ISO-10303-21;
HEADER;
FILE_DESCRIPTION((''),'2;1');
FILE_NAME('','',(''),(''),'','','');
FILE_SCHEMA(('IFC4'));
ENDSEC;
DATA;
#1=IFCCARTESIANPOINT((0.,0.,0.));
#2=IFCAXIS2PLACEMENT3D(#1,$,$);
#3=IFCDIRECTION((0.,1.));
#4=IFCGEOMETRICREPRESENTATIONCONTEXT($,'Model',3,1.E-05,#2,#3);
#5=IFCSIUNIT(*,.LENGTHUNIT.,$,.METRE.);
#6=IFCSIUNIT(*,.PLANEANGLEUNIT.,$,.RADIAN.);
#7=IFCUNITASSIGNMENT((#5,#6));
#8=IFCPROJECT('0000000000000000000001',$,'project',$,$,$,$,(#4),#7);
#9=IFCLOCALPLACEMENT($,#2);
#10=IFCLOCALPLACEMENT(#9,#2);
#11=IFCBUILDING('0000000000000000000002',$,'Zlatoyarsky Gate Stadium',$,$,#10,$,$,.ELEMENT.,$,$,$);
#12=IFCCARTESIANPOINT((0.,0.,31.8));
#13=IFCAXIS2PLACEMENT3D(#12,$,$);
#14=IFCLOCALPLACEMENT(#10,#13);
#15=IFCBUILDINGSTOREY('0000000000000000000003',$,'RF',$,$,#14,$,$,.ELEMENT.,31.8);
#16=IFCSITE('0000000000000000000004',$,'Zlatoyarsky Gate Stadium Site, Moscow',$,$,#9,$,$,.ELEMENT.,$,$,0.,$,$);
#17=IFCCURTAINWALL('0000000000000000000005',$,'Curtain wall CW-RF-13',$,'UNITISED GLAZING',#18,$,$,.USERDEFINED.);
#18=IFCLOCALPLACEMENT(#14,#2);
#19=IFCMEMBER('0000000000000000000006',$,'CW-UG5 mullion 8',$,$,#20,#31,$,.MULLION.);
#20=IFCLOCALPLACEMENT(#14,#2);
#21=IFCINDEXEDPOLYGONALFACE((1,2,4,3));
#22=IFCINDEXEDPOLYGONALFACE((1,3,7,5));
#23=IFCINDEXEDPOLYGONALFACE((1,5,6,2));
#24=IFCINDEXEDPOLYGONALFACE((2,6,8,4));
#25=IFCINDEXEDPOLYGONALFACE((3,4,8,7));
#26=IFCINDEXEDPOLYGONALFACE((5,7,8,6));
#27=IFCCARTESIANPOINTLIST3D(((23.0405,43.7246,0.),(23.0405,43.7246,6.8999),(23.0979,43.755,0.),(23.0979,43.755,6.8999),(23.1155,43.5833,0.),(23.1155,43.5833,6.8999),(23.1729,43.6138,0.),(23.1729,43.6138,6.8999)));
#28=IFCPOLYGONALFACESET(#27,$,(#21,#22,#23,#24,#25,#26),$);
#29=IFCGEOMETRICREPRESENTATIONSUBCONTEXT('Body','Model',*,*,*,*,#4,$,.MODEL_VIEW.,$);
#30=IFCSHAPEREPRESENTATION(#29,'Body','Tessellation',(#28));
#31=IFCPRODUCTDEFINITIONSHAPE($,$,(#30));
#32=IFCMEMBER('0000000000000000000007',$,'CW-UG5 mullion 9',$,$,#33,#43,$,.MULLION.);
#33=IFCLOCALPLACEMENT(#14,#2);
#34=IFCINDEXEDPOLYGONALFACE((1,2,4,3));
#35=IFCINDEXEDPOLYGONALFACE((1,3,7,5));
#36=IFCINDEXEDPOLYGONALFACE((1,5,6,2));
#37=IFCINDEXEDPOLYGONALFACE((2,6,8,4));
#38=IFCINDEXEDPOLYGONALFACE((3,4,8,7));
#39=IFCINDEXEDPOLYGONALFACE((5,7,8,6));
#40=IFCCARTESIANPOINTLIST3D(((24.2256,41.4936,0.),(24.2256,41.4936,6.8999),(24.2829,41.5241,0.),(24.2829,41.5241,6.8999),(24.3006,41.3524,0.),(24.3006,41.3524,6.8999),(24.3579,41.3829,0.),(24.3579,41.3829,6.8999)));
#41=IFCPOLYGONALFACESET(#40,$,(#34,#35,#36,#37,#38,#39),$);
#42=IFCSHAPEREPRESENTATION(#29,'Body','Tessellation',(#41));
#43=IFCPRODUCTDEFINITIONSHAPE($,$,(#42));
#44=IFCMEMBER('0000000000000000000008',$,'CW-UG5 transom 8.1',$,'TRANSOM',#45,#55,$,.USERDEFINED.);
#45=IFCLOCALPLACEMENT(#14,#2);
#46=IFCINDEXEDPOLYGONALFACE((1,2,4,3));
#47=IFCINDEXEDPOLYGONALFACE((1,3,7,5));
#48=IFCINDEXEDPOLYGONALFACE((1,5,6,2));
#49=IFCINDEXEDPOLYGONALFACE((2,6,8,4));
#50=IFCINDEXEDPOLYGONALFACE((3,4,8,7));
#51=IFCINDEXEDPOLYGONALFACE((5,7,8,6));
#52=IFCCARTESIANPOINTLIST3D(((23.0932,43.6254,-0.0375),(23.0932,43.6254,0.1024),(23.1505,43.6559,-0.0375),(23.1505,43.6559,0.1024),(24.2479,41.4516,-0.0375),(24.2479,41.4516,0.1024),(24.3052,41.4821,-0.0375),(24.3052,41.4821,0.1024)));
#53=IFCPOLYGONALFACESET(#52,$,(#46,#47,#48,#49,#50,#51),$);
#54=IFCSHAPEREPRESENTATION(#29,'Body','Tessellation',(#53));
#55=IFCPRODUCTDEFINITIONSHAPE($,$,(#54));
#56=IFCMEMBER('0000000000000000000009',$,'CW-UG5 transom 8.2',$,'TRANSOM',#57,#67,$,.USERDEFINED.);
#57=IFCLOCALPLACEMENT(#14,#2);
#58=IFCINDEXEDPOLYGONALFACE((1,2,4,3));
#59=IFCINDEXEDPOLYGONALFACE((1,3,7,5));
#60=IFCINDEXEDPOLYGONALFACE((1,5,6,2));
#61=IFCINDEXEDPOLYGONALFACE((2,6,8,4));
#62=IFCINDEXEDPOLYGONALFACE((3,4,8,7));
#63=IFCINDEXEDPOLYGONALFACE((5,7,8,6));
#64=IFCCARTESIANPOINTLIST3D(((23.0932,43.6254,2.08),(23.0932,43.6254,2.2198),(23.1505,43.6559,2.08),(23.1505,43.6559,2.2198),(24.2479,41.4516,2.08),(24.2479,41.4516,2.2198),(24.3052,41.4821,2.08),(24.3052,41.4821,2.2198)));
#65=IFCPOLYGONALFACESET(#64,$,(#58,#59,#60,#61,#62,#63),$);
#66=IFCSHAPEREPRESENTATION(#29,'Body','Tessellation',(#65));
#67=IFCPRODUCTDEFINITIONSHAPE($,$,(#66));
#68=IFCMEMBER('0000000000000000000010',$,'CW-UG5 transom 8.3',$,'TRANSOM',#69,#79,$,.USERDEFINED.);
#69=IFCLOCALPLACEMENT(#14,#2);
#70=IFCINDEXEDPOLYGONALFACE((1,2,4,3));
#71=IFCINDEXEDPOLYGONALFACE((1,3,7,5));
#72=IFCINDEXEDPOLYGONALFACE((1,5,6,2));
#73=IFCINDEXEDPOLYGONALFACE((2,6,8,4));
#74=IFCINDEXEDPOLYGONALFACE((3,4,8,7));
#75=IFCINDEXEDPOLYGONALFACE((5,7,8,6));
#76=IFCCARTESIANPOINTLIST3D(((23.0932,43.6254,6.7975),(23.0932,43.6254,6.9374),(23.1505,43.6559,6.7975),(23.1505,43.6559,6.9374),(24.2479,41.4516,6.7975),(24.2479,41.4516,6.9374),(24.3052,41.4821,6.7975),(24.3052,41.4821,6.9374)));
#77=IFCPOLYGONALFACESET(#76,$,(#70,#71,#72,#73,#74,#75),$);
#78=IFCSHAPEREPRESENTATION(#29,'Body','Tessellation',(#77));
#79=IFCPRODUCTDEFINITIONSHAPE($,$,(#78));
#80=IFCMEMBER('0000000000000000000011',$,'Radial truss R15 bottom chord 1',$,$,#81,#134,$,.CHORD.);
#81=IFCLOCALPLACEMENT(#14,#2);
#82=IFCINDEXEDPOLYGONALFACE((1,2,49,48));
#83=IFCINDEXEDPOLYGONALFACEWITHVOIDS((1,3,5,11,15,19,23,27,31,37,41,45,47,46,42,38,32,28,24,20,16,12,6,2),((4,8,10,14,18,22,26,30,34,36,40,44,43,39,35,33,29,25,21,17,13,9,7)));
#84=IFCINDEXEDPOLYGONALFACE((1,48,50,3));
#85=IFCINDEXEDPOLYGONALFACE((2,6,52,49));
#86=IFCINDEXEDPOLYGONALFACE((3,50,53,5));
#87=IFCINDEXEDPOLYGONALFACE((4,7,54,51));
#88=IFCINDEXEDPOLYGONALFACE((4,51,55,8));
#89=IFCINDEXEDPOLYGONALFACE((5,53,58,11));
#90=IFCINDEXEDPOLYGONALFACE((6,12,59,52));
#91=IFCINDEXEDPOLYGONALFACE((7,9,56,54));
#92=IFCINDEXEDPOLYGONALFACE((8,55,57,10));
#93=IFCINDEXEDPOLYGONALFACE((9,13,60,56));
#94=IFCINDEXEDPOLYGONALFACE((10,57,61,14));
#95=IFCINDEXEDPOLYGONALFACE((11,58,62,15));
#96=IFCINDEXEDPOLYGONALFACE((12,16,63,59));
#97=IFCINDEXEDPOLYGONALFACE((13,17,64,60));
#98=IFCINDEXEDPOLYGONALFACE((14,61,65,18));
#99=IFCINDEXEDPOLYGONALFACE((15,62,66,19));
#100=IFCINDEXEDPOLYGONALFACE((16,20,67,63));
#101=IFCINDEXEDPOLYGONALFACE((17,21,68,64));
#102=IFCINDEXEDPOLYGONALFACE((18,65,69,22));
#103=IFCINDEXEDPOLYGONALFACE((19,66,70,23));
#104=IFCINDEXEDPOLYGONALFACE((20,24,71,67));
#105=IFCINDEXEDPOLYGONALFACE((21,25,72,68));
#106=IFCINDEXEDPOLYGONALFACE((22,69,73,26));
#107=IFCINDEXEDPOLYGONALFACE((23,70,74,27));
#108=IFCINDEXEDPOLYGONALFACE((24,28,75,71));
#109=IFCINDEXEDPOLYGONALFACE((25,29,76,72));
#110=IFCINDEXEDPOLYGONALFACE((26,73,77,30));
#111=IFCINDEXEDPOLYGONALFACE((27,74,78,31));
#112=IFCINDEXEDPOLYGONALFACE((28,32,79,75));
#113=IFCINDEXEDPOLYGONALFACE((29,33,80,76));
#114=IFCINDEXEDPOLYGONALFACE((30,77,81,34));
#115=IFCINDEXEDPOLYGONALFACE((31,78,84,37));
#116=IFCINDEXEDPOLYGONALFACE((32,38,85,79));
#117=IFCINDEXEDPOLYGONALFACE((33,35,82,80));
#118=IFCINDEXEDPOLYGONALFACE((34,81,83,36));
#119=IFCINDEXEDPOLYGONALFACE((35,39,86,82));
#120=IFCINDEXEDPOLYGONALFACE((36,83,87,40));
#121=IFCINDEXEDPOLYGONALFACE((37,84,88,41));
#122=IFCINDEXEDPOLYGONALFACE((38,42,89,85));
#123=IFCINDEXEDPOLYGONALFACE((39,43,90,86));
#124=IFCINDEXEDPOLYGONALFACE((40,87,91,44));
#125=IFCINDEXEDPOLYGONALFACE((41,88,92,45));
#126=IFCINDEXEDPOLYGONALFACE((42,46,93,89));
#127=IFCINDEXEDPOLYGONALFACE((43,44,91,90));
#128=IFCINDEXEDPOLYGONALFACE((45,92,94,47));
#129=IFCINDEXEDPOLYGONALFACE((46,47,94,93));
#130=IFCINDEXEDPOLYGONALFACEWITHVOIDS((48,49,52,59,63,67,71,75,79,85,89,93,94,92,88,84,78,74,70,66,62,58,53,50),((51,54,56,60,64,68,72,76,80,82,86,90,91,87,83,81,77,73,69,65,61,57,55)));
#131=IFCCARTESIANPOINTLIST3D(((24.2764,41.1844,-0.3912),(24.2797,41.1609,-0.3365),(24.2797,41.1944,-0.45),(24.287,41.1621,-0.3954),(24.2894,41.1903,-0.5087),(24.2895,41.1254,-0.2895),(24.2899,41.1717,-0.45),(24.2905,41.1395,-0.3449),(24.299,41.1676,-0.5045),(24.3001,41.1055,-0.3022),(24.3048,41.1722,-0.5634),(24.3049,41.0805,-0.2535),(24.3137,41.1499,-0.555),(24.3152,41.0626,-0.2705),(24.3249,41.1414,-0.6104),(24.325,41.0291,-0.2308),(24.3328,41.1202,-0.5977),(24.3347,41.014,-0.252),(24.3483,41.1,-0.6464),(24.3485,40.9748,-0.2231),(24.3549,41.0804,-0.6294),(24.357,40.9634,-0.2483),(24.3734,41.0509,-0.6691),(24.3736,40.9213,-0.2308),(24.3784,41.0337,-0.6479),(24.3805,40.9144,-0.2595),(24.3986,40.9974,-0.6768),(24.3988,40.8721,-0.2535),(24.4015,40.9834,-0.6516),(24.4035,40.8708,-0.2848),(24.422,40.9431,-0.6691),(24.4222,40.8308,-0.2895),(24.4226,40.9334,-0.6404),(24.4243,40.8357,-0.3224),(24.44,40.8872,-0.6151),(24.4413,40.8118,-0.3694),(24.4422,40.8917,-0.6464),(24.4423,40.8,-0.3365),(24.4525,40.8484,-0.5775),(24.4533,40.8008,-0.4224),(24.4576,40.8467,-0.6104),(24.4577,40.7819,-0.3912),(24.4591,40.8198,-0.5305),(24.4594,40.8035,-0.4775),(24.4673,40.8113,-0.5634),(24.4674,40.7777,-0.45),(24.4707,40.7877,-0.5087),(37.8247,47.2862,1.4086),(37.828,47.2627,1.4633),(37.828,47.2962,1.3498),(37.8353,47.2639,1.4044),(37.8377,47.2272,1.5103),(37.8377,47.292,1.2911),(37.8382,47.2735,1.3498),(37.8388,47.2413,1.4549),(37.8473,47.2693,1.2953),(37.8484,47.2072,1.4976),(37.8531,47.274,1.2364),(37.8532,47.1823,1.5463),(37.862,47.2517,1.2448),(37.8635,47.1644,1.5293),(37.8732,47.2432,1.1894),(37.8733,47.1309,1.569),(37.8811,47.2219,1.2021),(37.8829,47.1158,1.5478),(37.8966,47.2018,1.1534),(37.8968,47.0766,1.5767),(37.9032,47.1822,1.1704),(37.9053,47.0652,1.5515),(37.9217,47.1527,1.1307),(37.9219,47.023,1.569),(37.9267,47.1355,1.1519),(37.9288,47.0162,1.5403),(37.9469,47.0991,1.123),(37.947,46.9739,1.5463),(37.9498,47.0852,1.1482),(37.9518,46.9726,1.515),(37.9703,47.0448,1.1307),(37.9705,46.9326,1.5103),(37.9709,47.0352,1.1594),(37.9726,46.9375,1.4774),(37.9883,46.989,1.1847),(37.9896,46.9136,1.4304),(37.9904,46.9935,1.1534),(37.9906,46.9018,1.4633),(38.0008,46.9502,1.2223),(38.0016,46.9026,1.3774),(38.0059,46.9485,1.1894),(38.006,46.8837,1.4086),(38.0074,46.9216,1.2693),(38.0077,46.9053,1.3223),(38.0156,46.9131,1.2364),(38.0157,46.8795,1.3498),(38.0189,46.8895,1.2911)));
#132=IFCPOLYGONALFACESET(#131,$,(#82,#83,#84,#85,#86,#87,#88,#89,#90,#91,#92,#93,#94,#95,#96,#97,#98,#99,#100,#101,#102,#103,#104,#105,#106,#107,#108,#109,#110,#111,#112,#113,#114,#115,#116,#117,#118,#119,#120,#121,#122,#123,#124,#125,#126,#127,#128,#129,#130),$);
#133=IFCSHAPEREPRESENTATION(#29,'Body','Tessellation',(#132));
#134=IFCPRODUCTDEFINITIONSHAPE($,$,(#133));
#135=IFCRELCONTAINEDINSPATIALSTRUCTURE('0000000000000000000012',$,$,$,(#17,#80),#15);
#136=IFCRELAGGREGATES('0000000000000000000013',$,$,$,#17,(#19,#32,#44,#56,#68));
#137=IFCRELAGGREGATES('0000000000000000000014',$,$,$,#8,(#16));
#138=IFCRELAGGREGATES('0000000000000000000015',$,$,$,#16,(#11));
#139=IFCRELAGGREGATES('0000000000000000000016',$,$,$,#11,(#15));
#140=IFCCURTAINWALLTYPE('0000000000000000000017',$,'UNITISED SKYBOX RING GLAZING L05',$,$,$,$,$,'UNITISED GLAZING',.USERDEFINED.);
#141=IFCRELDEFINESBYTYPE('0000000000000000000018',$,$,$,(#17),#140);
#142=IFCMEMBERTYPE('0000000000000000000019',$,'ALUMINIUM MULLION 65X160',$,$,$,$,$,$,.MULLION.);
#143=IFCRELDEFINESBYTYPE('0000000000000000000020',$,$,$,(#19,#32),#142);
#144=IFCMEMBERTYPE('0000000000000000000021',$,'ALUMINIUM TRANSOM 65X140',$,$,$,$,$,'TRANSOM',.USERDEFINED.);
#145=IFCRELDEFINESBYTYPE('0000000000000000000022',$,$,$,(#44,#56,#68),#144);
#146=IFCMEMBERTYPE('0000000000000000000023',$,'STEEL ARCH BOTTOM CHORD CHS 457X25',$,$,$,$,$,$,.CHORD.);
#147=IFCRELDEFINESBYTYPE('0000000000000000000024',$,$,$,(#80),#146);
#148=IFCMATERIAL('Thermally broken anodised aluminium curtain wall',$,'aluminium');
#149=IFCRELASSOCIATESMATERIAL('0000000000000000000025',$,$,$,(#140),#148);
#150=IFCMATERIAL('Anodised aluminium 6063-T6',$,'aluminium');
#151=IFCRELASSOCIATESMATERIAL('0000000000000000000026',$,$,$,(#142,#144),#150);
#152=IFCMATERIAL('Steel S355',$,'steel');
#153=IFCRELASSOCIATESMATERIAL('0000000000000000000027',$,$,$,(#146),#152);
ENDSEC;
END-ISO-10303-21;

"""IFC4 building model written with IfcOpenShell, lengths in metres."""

from ifc_helpers import new_model, si_unit, direction, frame, origin, origin_2d, place, context, subcontext, project, spatial, rectangle, hollow_circle, extrude, material, material_profile, profile_set, type_object, element, aggregate, save


model = new_model("IFC4")

# Units and contexts
model_context = context("Model", 3, precision=1e-05, world=origin(), true_north=direction((0.0, 1.0)))
body_context = subcontext(model_context, "Body", "Model", "MODEL_VIEW")
ifc_project = project(units=[si_unit("LENGTHUNIT", "METRE"), si_unit("PLANEANGLEUNIT", "RADIAN")], contexts=[model_context])

# Site, building, storey
site_placement = place(None, origin())
site = spatial("IfcSite", under=ifc_project, at=site_placement, Name="Zlatoyarsky Gate Stadium Site, Moscow", CompositionType="ELEMENT", RefElevation=0.0)
building_placement = place(site_placement, origin())
building = spatial("IfcBuilding", under=site, at=building_placement, Name="Zlatoyarsky Gate Stadium", CompositionType="ELEMENT")
storey_placement = place(building_placement, frame((0.0, 0.0, 31.8)))
storey = spatial("IfcBuildingStorey", under=building, at=storey_placement, Name="RF", CompositionType="ELEMENT", Elevation=31.8)

# Curtain wall, members
ifc_material_1 = material(Name="Thermally broken anodised aluminium curtain wall", Category="aluminium")
curtain_wall_type = type_object("IfcCurtainWallType", Name="UNITISED SKYBOX RING GLAZING L05", ElementType="UNITISED GLAZING", PredefinedType="USERDEFINED", material=ifc_material_1)
curtain_wall_placement = place(storey_placement, origin())
curtain_wall = element("IfcCurtainWall", 1, at=curtain_wall_placement, inside=storey, type_object=curtain_wall_type, Name="Curtain wall CW-RF-13", ObjectType="UNITISED GLAZING", PredefinedType="USERDEFINED")
ifc_material_2 = material(Name="Anodised aluminium 6063-T6", Category="aluminium")
ifc_material_profile_1 = material_profile(ifc_material_2, rectangle(XDim=0.0649, YDim=0.1599, at=origin_2d()), Name="ALU 65X160")
ifc_profile_set_1 = profile_set([ifc_material_profile_1], Name="Anodised aluminium 6063-T6")
member_type_1 = type_object("IfcMemberType", Name="ALUMINIUM MULLION 65X160", PredefinedType="MULLION", material=ifc_profile_set_1)
member_1_placement = place(storey_placement, frame((23.1067, 43.6692, 0.0), z_axis=(0.0, 0.0, 1.0), x_axis=(0.883131, 0.469127, 0.0)))
member_1 = element("IfcMember", 2, at=member_1_placement, type_object=member_type_1, Name="CW-UG5 mullion 8", PredefinedType="MULLION", context=body_context, shape_type="SweptSolid", body=[
    extrude(rectangle(XDim=0.0649, YDim=0.1599, at=origin_2d()), origin(), (0.0, 0.0, 1.0), 6.8999),
])
member_2_placement = place(storey_placement, frame((24.2917, 41.4382, 0.0), z_axis=(0.0, 0.0, 1.0), x_axis=(0.883131, 0.469127, 0.0)))
member_2 = element("IfcMember", 3, at=member_2_placement, type_object=member_type_1, Name="CW-UG5 mullion 9", PredefinedType="MULLION", context=body_context, shape_type="SweptSolid", body=[
    extrude(rectangle(XDim=0.0649, YDim=0.1599, at=origin_2d()), origin(), (0.0, 0.0, 1.0), 6.8999),
])
ifc_material_profile_2 = material_profile(ifc_material_2, rectangle(XDim=0.0649, YDim=0.1399, at=origin_2d()), Name="ALU 65X140")
ifc_profile_set_2 = profile_set([ifc_material_profile_2], Name="Anodised aluminium 6063-T6")
member_type_2 = type_object("IfcMemberType", Name="ALUMINIUM TRANSOM 65X140", ElementType="TRANSOM", PredefinedType="USERDEFINED", material=ifc_profile_set_2)
member_3_placement = place(storey_placement, frame((23.1218, 43.6406, 0.0325), z_axis=(0.469136, -0.883126, 0.0), x_axis=(0.883126, 0.469136, 0.0)))
member_3 = element("IfcMember", 4, at=member_3_placement, type_object=member_type_2, Name="CW-UG5 transom 8.1", ObjectType="TRANSOM", PredefinedType="USERDEFINED", context=body_context, shape_type="SweptSolid", body=[
    extrude(rectangle(XDim=0.0649, YDim=0.1399, at=origin_2d()), origin(), (0.0, 0.0, 1.0), 2.4614),
])
member_4_placement = place(storey_placement, frame((23.1218, 43.6406, 2.1499), z_axis=(0.469136, -0.883126, 0.0), x_axis=(0.883126, 0.469136, 0.0)))
member_4 = element("IfcMember", 5, at=member_4_placement, type_object=member_type_2, Name="CW-UG5 transom 8.2", ObjectType="TRANSOM", PredefinedType="USERDEFINED", context=body_context, shape_type="SweptSolid", body=[
    extrude(rectangle(XDim=0.0649, YDim=0.1399, at=origin_2d()), origin(), (0.0, 0.0, 1.0), 2.4614),
])
member_5_placement = place(storey_placement, frame((23.1218, 43.6406, 6.8674), z_axis=(0.469136, -0.883126, 0.0), x_axis=(0.883126, 0.469136, 0.0)))
member_5 = element("IfcMember", 6, at=member_5_placement, type_object=member_type_2, Name="CW-UG5 transom 8.3", ObjectType="TRANSOM", PredefinedType="USERDEFINED", context=body_context, shape_type="SweptSolid", body=[
    extrude(rectangle(XDim=0.0649, YDim=0.1399, at=origin_2d()), origin(), (0.0, 0.0, 1.0), 2.4614),
])

# Member
ifc_material_3 = material(Name="Steel S355", Category="steel")
ifc_material_profile_3 = material_profile(ifc_material_3, hollow_circle(Radius=0.2285, WallThickness=0.0249, at=origin_2d()), Name="CHS 457X25")
ifc_profile_set_3 = profile_set([ifc_material_profile_3], Name="Steel S355")
member_type_3 = type_object("IfcMemberType", Name="STEEL ARCH BOTTOM CHORD CHS 457X25", PredefinedType="CHORD", material=ifc_profile_set_3)
member_6_placement = place(storey_placement, frame((24.3735, 40.9861, -0.45), z_axis=(0.905178, 0.407668, 0.120247), x_axis=(-0.410647, 0.911794, 0.0)))
element("IfcMember", 7, at=member_6_placement, inside=storey, type_object=member_type_3, Name="Radial truss R15 bottom chord 1", PredefinedType="CHORD", context=body_context, shape_type="SweptSolid", body=[
    extrude(hollow_circle(Radius=0.2285, WallThickness=0.0249, at=origin_2d()), origin(), (0.0, 0.0, 1.0), 14.9675),
])

aggregate(curtain_wall, [member_1, member_2, member_3, member_4, member_5])

save(model, "model.ifc")
